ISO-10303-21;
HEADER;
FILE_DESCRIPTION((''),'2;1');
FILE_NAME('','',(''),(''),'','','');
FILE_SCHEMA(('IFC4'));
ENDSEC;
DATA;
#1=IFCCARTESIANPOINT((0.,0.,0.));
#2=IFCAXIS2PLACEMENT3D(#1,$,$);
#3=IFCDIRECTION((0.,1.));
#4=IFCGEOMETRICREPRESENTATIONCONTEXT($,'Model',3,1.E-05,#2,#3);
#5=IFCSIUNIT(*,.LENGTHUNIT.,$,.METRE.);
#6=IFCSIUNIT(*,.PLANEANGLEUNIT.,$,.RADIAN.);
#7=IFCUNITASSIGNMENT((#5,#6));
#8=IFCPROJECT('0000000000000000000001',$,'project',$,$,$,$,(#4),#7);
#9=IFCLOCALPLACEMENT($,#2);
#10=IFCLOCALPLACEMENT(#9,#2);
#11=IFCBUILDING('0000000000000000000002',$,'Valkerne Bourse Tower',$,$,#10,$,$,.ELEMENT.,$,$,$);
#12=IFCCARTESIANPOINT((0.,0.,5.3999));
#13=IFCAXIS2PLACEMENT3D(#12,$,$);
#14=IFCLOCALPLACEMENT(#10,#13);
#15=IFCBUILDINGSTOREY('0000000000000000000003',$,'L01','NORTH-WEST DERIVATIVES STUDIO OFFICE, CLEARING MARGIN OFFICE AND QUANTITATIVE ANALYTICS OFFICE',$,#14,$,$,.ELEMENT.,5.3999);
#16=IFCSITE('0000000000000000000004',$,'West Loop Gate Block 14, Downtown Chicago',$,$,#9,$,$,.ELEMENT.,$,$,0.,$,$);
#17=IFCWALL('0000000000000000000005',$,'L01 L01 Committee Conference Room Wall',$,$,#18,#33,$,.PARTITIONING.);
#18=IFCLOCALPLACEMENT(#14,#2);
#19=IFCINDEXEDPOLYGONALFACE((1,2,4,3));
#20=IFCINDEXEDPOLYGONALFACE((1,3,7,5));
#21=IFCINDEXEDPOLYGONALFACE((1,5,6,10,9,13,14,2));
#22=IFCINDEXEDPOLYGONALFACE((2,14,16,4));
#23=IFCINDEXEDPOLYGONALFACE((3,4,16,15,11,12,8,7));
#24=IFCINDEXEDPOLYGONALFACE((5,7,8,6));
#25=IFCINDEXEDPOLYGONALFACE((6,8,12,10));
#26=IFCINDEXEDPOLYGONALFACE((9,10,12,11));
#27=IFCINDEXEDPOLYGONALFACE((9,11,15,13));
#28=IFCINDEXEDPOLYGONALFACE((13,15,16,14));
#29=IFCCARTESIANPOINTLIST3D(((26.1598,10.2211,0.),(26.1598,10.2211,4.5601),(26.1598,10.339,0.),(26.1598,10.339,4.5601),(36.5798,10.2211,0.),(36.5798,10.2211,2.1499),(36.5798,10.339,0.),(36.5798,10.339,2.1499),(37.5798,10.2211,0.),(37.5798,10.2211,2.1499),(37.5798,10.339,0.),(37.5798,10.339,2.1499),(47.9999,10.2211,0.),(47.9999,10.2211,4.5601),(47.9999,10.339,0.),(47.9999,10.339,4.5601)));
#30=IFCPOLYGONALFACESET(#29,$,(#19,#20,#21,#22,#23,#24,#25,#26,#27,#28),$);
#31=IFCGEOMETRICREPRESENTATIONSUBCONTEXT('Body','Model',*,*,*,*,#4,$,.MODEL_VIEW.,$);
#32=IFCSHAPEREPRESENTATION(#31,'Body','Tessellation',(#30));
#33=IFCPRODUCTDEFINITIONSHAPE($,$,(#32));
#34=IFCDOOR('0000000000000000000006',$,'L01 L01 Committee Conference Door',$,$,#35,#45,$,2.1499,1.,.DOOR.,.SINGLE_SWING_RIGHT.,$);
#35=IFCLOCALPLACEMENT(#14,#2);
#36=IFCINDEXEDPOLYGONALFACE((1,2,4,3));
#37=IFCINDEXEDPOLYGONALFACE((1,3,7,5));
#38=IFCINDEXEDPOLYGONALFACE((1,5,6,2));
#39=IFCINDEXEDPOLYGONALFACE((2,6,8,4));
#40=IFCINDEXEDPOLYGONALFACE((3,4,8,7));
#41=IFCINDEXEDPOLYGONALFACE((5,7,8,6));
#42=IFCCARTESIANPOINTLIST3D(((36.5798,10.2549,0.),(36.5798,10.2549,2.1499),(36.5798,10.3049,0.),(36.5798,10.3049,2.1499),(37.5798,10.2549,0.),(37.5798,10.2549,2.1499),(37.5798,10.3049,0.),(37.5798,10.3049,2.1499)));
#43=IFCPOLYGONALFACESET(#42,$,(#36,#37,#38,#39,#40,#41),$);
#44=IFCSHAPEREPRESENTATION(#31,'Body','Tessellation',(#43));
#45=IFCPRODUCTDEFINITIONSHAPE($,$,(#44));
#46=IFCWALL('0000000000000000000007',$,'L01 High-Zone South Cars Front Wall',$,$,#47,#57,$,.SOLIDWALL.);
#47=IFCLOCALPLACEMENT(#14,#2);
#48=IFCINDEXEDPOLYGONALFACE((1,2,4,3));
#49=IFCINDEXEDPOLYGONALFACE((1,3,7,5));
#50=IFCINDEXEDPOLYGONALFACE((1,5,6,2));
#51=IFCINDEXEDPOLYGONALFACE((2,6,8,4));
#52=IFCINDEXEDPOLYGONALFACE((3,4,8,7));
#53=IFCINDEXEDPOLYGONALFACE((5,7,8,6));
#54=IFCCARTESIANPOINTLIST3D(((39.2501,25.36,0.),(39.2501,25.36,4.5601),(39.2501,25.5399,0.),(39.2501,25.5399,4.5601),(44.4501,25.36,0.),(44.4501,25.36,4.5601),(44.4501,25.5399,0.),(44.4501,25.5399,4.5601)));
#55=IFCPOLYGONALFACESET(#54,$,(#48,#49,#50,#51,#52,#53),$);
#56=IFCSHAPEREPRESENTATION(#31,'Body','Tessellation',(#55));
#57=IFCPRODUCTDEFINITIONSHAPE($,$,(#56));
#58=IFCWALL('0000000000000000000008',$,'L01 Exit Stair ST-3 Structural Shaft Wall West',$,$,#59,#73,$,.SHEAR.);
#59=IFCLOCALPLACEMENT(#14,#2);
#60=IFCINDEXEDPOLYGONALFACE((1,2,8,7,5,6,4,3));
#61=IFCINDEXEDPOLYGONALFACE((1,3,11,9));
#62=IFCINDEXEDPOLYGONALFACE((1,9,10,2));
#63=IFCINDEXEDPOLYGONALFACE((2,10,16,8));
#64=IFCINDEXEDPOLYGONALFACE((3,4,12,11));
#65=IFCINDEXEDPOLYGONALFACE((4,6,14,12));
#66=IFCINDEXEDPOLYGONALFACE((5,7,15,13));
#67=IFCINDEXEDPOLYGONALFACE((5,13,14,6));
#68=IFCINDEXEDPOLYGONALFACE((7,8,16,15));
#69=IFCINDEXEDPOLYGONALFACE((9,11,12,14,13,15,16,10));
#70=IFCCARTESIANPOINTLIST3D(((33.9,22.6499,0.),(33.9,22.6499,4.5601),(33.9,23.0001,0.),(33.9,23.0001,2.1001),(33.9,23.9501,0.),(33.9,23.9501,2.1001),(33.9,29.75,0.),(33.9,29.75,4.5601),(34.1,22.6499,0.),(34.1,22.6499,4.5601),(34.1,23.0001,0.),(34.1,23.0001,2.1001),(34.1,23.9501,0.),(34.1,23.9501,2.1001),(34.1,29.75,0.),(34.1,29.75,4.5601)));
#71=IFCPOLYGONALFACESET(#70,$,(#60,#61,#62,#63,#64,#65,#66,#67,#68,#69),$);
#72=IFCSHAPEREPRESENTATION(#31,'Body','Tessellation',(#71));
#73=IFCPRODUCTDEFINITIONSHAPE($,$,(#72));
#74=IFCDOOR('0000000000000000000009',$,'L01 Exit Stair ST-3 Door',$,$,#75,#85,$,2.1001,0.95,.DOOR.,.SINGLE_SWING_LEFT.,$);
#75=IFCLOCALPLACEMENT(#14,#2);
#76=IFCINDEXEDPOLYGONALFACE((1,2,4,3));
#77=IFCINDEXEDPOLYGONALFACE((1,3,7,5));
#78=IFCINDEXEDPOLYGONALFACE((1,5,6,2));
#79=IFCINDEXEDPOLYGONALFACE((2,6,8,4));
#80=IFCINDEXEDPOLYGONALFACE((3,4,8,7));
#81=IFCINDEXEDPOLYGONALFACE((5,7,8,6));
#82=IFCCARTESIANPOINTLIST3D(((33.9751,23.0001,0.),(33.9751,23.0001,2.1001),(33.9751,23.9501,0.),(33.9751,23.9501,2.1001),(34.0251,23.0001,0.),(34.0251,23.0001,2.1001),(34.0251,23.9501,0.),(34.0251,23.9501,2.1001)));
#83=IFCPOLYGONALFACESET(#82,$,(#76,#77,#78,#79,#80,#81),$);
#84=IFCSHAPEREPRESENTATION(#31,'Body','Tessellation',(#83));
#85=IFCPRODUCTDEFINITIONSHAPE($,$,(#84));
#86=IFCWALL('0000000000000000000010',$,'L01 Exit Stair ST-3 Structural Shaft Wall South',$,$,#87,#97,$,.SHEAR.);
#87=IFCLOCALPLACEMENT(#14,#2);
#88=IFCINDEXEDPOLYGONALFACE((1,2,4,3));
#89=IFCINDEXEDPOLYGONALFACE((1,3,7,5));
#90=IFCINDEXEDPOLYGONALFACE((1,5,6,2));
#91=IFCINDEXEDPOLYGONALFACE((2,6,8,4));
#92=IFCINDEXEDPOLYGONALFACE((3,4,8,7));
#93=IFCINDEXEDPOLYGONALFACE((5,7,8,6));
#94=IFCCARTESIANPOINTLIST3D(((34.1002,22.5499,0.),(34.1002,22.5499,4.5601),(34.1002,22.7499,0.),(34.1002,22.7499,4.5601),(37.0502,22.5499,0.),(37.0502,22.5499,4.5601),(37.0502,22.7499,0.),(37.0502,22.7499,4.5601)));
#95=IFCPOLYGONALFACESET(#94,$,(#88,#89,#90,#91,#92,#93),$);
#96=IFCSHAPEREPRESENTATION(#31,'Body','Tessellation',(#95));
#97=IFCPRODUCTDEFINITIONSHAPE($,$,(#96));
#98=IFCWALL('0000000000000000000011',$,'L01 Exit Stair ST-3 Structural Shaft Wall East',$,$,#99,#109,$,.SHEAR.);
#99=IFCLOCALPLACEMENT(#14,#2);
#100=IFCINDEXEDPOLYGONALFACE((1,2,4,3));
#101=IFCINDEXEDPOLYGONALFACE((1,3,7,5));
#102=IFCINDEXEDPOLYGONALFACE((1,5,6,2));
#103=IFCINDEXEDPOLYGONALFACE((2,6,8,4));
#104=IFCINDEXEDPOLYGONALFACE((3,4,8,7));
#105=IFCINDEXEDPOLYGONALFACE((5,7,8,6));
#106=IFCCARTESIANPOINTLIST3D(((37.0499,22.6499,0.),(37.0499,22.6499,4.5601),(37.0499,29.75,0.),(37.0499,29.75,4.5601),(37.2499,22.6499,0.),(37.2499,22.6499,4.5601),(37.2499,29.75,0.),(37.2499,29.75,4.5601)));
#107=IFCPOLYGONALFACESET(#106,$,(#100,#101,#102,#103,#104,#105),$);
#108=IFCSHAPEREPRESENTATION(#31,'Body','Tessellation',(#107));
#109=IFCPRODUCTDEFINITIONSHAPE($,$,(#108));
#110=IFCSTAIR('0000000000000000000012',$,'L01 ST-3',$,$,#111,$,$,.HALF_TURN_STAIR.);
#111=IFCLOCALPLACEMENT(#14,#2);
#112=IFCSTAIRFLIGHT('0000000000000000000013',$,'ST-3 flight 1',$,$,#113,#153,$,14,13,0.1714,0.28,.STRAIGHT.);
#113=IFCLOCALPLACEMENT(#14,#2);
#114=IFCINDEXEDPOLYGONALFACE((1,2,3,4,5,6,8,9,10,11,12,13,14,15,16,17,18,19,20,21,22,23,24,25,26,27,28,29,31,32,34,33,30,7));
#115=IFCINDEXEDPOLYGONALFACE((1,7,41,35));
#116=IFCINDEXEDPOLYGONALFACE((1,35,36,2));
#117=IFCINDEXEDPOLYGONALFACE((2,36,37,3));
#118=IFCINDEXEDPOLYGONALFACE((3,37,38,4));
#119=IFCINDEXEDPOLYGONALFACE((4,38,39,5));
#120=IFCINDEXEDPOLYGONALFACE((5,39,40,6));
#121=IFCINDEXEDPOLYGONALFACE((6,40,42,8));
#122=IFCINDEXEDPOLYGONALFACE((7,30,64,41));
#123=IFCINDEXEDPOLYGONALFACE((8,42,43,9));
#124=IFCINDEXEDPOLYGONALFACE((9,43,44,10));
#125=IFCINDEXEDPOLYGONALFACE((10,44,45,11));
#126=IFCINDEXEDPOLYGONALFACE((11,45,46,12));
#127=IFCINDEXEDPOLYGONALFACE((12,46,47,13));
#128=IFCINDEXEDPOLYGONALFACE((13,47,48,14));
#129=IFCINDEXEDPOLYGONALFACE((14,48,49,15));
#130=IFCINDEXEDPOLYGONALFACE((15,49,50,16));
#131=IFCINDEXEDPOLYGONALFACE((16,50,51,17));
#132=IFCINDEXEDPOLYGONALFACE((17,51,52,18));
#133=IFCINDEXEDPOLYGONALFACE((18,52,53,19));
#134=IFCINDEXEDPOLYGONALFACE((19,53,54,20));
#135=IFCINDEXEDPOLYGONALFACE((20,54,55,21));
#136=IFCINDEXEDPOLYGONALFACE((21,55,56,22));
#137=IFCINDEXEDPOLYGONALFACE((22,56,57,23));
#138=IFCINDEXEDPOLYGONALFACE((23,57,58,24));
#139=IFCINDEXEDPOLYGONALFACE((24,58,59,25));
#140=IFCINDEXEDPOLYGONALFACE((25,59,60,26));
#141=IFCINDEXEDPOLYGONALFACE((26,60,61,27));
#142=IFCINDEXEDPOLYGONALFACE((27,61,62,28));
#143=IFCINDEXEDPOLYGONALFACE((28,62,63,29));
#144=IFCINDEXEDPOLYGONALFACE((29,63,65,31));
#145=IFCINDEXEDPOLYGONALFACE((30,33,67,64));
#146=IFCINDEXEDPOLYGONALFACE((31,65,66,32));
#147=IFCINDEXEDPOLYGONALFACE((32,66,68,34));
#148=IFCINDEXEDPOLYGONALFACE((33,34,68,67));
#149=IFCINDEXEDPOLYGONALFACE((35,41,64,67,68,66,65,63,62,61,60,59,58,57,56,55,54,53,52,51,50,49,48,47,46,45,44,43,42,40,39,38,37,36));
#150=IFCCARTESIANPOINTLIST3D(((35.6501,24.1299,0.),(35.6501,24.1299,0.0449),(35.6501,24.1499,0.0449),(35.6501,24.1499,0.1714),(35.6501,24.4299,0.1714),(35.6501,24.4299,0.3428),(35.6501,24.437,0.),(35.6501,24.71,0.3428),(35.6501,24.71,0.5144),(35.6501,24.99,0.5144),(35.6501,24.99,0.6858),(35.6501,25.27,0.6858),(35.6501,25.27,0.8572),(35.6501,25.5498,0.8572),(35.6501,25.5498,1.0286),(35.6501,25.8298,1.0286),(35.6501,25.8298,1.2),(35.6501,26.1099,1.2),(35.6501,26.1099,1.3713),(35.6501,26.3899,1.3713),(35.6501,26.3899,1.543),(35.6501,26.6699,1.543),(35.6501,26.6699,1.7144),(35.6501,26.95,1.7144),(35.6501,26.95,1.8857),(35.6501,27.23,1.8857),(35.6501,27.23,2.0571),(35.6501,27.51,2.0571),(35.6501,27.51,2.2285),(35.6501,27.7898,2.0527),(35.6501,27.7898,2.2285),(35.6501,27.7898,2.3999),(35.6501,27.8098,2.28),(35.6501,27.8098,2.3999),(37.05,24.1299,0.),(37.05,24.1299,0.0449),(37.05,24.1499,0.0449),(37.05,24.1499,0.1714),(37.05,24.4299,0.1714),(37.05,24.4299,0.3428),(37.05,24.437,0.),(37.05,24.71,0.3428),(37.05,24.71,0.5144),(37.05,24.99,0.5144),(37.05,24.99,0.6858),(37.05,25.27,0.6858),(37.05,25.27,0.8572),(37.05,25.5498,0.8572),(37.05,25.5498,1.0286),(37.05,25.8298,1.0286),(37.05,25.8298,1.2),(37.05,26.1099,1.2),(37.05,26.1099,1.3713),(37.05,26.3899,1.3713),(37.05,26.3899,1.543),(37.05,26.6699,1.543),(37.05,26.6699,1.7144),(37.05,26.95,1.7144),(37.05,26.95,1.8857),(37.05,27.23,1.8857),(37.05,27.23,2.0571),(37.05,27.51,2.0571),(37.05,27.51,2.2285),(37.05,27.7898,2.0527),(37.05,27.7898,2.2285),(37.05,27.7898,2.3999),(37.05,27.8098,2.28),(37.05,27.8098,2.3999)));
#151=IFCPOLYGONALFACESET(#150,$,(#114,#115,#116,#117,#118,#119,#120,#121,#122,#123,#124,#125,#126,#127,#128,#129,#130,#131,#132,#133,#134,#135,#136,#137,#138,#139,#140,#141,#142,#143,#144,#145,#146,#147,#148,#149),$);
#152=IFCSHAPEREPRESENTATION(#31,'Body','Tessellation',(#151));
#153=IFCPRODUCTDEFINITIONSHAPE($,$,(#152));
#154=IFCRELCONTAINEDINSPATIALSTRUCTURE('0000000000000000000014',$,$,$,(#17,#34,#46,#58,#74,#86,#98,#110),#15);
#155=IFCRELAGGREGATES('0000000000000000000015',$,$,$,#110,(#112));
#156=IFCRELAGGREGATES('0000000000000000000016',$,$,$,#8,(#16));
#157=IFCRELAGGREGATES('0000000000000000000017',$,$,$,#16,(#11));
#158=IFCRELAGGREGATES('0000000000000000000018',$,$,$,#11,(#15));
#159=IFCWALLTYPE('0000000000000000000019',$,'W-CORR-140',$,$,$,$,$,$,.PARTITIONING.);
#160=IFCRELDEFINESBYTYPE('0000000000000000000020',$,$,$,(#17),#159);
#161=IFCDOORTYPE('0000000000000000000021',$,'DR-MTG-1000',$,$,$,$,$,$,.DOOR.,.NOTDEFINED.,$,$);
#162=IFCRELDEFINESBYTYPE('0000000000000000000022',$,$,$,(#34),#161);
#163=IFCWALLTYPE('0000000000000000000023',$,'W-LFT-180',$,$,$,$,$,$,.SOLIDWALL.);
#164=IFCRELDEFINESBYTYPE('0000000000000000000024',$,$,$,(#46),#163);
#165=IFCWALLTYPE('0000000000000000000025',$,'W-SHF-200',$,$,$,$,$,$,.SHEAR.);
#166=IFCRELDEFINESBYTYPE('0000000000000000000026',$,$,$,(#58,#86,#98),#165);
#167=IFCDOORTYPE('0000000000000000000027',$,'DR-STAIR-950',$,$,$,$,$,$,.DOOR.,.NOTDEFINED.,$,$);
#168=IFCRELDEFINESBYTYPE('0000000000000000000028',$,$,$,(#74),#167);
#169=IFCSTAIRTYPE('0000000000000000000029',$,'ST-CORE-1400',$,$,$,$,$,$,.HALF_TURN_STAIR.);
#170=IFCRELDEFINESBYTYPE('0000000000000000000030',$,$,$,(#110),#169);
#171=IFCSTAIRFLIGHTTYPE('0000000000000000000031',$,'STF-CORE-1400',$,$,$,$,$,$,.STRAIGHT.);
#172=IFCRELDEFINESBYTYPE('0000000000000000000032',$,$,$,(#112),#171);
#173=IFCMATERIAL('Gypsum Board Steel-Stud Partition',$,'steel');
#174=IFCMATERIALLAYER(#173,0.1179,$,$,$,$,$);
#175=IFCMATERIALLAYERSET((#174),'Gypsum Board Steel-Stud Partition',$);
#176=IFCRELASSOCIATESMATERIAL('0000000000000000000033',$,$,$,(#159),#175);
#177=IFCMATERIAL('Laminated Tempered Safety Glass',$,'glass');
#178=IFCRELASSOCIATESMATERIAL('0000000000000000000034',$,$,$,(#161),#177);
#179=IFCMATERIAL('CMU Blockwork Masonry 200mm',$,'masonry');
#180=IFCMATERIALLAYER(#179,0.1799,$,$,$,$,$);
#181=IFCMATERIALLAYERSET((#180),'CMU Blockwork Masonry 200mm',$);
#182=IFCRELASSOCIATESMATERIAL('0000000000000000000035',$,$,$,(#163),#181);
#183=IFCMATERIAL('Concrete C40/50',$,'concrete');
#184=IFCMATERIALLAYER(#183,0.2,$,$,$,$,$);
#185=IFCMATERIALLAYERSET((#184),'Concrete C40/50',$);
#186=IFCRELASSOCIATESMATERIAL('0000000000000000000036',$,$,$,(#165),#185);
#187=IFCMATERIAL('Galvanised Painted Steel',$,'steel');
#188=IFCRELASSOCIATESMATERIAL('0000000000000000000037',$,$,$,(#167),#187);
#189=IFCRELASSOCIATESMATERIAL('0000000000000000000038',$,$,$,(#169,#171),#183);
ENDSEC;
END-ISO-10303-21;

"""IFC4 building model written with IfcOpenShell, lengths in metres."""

from ifc_helpers import new_model, si_unit, direction, frame, frame_2d, origin, place, context, subcontext, project, spatial, polyline, rectangle, outline, extrude, material, layer, layer_set, type_object, element, fill, aggregate, save


model = new_model("IFC4")

# Units and contexts
model_context = context("Model", 3, precision=1e-05, world=origin(), true_north=direction((0.0, 1.0)))
body_context = subcontext(model_context, "Body", "Model", "MODEL_VIEW")
ifc_project = project(units=[si_unit("LENGTHUNIT", "METRE"), si_unit("PLANEANGLEUNIT", "RADIAN")], contexts=[model_context])

# Site, building, storey
site_placement = place(None, origin())
site = spatial("IfcSite", under=ifc_project, at=site_placement, Name="West Loop Gate Block 14, Downtown Chicago", CompositionType="ELEMENT", RefElevation=0.0)
building_placement = place(site_placement, origin())
building = spatial("IfcBuilding", under=site, at=building_placement, Name="Valkerne Bourse Tower", CompositionType="ELEMENT")
storey_placement = place(building_placement, frame((0.0, 0.0, 5.3999)))
storey = spatial("IfcBuildingStorey", under=building, at=storey_placement, Name="L01", Description="NORTH-WEST DERIVATIVES STUDIO OFFICE, CLEARING MARGIN OFFICE AND QUANTITATIVE ANALYTICS OFFICE", CompositionType="ELEMENT", Elevation=5.3999)

# Shared definitions
ifc_material_1 = material(Name="Galvanised Painted Steel", Category="steel")

# Shared definitions
ifc_material_2 = material(Name="Gypsum Board Steel-Stud Partition", Category="steel")
ifc_layer_1 = layer(ifc_material_2, 0.1179)
ifc_layer_set_1 = layer_set([ifc_layer_1], Name="Gypsum Board Steel-Stud Partition")
wall_type_1 = type_object("IfcWallType", Name="W-CORR-140", PredefinedType="PARTITIONING", material=ifc_layer_set_1)

# Wall, opening, door
wall_1_placement = place(storey_placement, frame((26.1599, 10.28, 0.0), z_axis=(0.0, 0.0, 1.0), x_axis=(1.0, 0.0, 0.0)))
wall_1 = element("IfcWall", 1, at=wall_1_placement, inside=storey, type_object=wall_type_1, Name="L01 L01 Committee Conference Room Wall", PredefinedType="PARTITIONING", context=body_context, shape_type="SweptSolid", body=[
    extrude(rectangle(XDim=21.8401, YDim=0.1179, at=frame_2d((10.9199, 0.0))), origin(), (0.0, 0.0, 1.0), 4.5601),
])
opening_1_placement = place(wall_1_placement, frame((10.4199, 0.0, 0.0)))
opening_1 = element("IfcOpeningElement", 2, at=opening_1_placement, cuts=wall_1, PredefinedType="OPENING", context=body_context, shape_type="SweptSolid", body=[
    extrude(rectangle(XDim=1.0, YDim=2.1499, at=frame_2d((0.5, 1.075))), frame((0.0, 0.0688, 0.0), z_axis=(0.0, -1.0, 0.0), x_axis=(1.0, 0.0, 0.0)), (0.0, 0.0, 1.0), 0.1379),
])
ifc_material_3 = material(Name="Laminated Tempered Safety Glass", Category="glass")
door_type_1 = type_object("IfcDoorType", Name="DR-MTG-1000", OperationType="NOTDEFINED", PredefinedType="DOOR", material=ifc_material_3)
door_1_placement = place(opening_1_placement, origin())
door_1 = element("IfcDoor", 3, at=door_1_placement, inside=storey, type_object=door_type_1, Name="L01 L01 Committee Conference Door", OperationType="SINGLE_SWING_RIGHT", OverallHeight=2.1499, OverallWidth=1.0, PredefinedType="DOOR", context=body_context, shape_type="SweptSolid", body=[
    extrude(rectangle(XDim=1.0, YDim=2.1499, at=frame_2d((0.5, 1.075))), frame((0.0, 0.0249, 0.0), z_axis=(0.0, -1.0, 0.0), x_axis=(1.0, 0.0, 0.0)), (0.0, 0.0, 1.0), 0.05),
])
fill(opening_1, door_1)

# Wall
ifc_material_4 = material(Name="CMU Blockwork Masonry 200mm", Category="masonry")
ifc_layer_2 = layer(ifc_material_4, 0.1799)
ifc_layer_set_2 = layer_set([ifc_layer_2], Name="CMU Blockwork Masonry 200mm")
wall_type_2 = type_object("IfcWallType", Name="W-LFT-180", PredefinedType="SOLIDWALL", material=ifc_layer_set_2)
wall_2_placement = place(storey_placement, frame((39.25, 25.45, 0.0), z_axis=(0.0, 0.0, 1.0), x_axis=(1.0, 0.0, 0.0)))
element("IfcWall", 4, at=wall_2_placement, inside=storey, type_object=wall_type_2, Name="L01 High-Zone South Cars Front Wall", PredefinedType="SOLIDWALL", context=body_context, shape_type="SweptSolid", body=[
    extrude(rectangle(XDim=5.2, YDim=0.1799, at=frame_2d((2.6001, 0.0))), origin(), (0.0, 0.0, 1.0), 4.5601),
])

# Wall, opening, door
ifc_material_5 = material(Name="Concrete C40/50", Category="concrete")
ifc_layer_3 = layer(ifc_material_5, 0.2)
ifc_layer_set_3 = layer_set([ifc_layer_3], Name="Concrete C40/50")
wall_type_3 = type_object("IfcWallType", Name="W-SHF-200", PredefinedType="SHEAR", material=ifc_layer_set_3)
wall_3_placement = place(storey_placement, frame((34.0, 22.6499, 0.0), z_axis=(0.0, 0.0, 1.0), x_axis=(0.0, 1.0, 0.0)))
wall_3 = element("IfcWall", 5, at=wall_3_placement, inside=storey, type_object=wall_type_3, Name="L01 Exit Stair ST-3 Structural Shaft Wall West", PredefinedType="SHEAR", context=body_context, shape_type="SweptSolid", body=[
    extrude(rectangle(XDim=7.1001, YDim=0.2, at=frame_2d((3.55, 0.0))), origin(), (0.0, 0.0, 1.0), 4.5601),
])
opening_2_placement = place(wall_3_placement, frame((0.3501, 0.0, 0.0)))
opening_2 = element("IfcOpeningElement", 6, at=opening_2_placement, cuts=wall_3, PredefinedType="OPENING", context=body_context, shape_type="SweptSolid", body=[
    extrude(rectangle(XDim=0.95, YDim=2.1001, at=frame_2d((0.4751, 1.05))), frame((0.0, 0.1099, 0.0), z_axis=(0.0, -1.0, 0.0), x_axis=(1.0, 0.0, 0.0)), (0.0, 0.0, 1.0), 0.22),
])
door_type_2 = type_object("IfcDoorType", Name="DR-STAIR-950", OperationType="NOTDEFINED", PredefinedType="DOOR", material=ifc_material_1)
door_2_placement = place(opening_2_placement, origin())
door_2 = element("IfcDoor", 7, at=door_2_placement, inside=storey, type_object=door_type_2, Name="L01 Exit Stair ST-3 Door", OperationType="SINGLE_SWING_LEFT", OverallHeight=2.1001, OverallWidth=0.95, PredefinedType="DOOR", context=body_context, shape_type="SweptSolid", body=[
    extrude(rectangle(XDim=0.95, YDim=2.1001, at=frame_2d((0.4751, 1.05))), frame((0.0, 0.0249, 0.0), z_axis=(0.0, -1.0, 0.0), x_axis=(1.0, 0.0, 0.0)), (0.0, 0.0, 1.0), 0.05),
])
fill(opening_2, door_2)

# Walls
wall_4_placement = place(storey_placement, frame((34.1001, 22.6499, 0.0), z_axis=(0.0, 0.0, 1.0), x_axis=(1.0, 0.0, 0.0)))
element("IfcWall", 8, at=wall_4_placement, inside=storey, type_object=wall_type_3, Name="L01 Exit Stair ST-3 Structural Shaft Wall South", PredefinedType="SHEAR", context=body_context, shape_type="SweptSolid", body=[
    extrude(rectangle(XDim=2.95, YDim=0.2, at=frame_2d((1.4751, 0.0))), origin(), (0.0, 0.0, 1.0), 4.5601),
])
wall_5_placement = place(storey_placement, frame((37.1499, 22.6499, 0.0), z_axis=(0.0, 0.0, 1.0), x_axis=(0.0, 1.0, 0.0)))
element("IfcWall", 9, at=wall_5_placement, inside=storey, type_object=wall_type_3, Name="L01 Exit Stair ST-3 Structural Shaft Wall East", PredefinedType="SHEAR", context=body_context, shape_type="SweptSolid", body=[
    extrude(rectangle(XDim=7.1001, YDim=0.2, at=frame_2d((3.55, 0.0))), origin(), (0.0, 0.0, 1.0), 4.5601),
])

# Stair, stair flight
stair_type = type_object("IfcStairType", Name="ST-CORE-1400", PredefinedType="HALF_TURN_STAIR", material=ifc_material_5)
stair_placement = place(storey_placement, origin())
stair = element("IfcStair", 10, at=stair_placement, inside=storey, type_object=stair_type, Name="L01 ST-3", PredefinedType="HALF_TURN_STAIR")
stair_flight_type = type_object("IfcStairFlightType", Name="STF-CORE-1400", PredefinedType="STRAIGHT", material=ifc_material_5)
stair_flight_placement = place(storey_placement, frame((36.3501, 24.1499, 0.0), z_axis=(0.0, 0.0, 1.0), x_axis=(0.0, 1.0, 0.0)))
stair_flight = element("IfcStairFlight", 11, at=stair_flight_placement, type_object=stair_flight_type, Name="ST-3 flight 1", NumberOfRisers=14, NumberOfTreads=13, PredefinedType="STRAIGHT", RiserHeight=0.1714, TreadLength=0.28, context=body_context, shape_type="SweptSolid", body=[
    extrude(outline(polyline([(-0.02, 0.0), (-0.02, 0.0449), (0.0, 0.0449), (0.0, 0.1714), (0.28, 0.1714), (0.28, 0.3428), (0.5601, 0.3428), (0.5601, 0.5144), (0.8401, 0.5144), (0.8401, 0.6858), (1.1201, 0.6858), (1.1201, 0.8572), (1.3999, 0.8572), (1.3999, 1.0286), (1.6799, 1.0286), (1.6799, 1.2), (1.96, 1.2), (1.96, 1.3713), (2.24, 1.3713), (2.24, 1.543), (2.52, 1.543), (2.52, 1.7144), (2.8, 1.7144), (2.8, 1.8857), (3.0801, 1.8857), (3.0801, 2.0571), (3.3601, 2.0571), (3.3601, 2.2285), (3.6399, 2.2285), (3.6399, 2.3999), (3.6599, 2.3999), (3.6599, 2.28), (3.6399, 2.0527), (0.2871, 0.0), (-0.02, 0.0)])), frame((0.0, 0.7, 0.0), z_axis=(0.0, -1.0, 0.0), x_axis=(1.0, 0.0, 0.0)), (0.0, 0.0, 1.0), 1.3999),
])
aggregate(stair, [stair_flight])

save(model, "model.ifc")
